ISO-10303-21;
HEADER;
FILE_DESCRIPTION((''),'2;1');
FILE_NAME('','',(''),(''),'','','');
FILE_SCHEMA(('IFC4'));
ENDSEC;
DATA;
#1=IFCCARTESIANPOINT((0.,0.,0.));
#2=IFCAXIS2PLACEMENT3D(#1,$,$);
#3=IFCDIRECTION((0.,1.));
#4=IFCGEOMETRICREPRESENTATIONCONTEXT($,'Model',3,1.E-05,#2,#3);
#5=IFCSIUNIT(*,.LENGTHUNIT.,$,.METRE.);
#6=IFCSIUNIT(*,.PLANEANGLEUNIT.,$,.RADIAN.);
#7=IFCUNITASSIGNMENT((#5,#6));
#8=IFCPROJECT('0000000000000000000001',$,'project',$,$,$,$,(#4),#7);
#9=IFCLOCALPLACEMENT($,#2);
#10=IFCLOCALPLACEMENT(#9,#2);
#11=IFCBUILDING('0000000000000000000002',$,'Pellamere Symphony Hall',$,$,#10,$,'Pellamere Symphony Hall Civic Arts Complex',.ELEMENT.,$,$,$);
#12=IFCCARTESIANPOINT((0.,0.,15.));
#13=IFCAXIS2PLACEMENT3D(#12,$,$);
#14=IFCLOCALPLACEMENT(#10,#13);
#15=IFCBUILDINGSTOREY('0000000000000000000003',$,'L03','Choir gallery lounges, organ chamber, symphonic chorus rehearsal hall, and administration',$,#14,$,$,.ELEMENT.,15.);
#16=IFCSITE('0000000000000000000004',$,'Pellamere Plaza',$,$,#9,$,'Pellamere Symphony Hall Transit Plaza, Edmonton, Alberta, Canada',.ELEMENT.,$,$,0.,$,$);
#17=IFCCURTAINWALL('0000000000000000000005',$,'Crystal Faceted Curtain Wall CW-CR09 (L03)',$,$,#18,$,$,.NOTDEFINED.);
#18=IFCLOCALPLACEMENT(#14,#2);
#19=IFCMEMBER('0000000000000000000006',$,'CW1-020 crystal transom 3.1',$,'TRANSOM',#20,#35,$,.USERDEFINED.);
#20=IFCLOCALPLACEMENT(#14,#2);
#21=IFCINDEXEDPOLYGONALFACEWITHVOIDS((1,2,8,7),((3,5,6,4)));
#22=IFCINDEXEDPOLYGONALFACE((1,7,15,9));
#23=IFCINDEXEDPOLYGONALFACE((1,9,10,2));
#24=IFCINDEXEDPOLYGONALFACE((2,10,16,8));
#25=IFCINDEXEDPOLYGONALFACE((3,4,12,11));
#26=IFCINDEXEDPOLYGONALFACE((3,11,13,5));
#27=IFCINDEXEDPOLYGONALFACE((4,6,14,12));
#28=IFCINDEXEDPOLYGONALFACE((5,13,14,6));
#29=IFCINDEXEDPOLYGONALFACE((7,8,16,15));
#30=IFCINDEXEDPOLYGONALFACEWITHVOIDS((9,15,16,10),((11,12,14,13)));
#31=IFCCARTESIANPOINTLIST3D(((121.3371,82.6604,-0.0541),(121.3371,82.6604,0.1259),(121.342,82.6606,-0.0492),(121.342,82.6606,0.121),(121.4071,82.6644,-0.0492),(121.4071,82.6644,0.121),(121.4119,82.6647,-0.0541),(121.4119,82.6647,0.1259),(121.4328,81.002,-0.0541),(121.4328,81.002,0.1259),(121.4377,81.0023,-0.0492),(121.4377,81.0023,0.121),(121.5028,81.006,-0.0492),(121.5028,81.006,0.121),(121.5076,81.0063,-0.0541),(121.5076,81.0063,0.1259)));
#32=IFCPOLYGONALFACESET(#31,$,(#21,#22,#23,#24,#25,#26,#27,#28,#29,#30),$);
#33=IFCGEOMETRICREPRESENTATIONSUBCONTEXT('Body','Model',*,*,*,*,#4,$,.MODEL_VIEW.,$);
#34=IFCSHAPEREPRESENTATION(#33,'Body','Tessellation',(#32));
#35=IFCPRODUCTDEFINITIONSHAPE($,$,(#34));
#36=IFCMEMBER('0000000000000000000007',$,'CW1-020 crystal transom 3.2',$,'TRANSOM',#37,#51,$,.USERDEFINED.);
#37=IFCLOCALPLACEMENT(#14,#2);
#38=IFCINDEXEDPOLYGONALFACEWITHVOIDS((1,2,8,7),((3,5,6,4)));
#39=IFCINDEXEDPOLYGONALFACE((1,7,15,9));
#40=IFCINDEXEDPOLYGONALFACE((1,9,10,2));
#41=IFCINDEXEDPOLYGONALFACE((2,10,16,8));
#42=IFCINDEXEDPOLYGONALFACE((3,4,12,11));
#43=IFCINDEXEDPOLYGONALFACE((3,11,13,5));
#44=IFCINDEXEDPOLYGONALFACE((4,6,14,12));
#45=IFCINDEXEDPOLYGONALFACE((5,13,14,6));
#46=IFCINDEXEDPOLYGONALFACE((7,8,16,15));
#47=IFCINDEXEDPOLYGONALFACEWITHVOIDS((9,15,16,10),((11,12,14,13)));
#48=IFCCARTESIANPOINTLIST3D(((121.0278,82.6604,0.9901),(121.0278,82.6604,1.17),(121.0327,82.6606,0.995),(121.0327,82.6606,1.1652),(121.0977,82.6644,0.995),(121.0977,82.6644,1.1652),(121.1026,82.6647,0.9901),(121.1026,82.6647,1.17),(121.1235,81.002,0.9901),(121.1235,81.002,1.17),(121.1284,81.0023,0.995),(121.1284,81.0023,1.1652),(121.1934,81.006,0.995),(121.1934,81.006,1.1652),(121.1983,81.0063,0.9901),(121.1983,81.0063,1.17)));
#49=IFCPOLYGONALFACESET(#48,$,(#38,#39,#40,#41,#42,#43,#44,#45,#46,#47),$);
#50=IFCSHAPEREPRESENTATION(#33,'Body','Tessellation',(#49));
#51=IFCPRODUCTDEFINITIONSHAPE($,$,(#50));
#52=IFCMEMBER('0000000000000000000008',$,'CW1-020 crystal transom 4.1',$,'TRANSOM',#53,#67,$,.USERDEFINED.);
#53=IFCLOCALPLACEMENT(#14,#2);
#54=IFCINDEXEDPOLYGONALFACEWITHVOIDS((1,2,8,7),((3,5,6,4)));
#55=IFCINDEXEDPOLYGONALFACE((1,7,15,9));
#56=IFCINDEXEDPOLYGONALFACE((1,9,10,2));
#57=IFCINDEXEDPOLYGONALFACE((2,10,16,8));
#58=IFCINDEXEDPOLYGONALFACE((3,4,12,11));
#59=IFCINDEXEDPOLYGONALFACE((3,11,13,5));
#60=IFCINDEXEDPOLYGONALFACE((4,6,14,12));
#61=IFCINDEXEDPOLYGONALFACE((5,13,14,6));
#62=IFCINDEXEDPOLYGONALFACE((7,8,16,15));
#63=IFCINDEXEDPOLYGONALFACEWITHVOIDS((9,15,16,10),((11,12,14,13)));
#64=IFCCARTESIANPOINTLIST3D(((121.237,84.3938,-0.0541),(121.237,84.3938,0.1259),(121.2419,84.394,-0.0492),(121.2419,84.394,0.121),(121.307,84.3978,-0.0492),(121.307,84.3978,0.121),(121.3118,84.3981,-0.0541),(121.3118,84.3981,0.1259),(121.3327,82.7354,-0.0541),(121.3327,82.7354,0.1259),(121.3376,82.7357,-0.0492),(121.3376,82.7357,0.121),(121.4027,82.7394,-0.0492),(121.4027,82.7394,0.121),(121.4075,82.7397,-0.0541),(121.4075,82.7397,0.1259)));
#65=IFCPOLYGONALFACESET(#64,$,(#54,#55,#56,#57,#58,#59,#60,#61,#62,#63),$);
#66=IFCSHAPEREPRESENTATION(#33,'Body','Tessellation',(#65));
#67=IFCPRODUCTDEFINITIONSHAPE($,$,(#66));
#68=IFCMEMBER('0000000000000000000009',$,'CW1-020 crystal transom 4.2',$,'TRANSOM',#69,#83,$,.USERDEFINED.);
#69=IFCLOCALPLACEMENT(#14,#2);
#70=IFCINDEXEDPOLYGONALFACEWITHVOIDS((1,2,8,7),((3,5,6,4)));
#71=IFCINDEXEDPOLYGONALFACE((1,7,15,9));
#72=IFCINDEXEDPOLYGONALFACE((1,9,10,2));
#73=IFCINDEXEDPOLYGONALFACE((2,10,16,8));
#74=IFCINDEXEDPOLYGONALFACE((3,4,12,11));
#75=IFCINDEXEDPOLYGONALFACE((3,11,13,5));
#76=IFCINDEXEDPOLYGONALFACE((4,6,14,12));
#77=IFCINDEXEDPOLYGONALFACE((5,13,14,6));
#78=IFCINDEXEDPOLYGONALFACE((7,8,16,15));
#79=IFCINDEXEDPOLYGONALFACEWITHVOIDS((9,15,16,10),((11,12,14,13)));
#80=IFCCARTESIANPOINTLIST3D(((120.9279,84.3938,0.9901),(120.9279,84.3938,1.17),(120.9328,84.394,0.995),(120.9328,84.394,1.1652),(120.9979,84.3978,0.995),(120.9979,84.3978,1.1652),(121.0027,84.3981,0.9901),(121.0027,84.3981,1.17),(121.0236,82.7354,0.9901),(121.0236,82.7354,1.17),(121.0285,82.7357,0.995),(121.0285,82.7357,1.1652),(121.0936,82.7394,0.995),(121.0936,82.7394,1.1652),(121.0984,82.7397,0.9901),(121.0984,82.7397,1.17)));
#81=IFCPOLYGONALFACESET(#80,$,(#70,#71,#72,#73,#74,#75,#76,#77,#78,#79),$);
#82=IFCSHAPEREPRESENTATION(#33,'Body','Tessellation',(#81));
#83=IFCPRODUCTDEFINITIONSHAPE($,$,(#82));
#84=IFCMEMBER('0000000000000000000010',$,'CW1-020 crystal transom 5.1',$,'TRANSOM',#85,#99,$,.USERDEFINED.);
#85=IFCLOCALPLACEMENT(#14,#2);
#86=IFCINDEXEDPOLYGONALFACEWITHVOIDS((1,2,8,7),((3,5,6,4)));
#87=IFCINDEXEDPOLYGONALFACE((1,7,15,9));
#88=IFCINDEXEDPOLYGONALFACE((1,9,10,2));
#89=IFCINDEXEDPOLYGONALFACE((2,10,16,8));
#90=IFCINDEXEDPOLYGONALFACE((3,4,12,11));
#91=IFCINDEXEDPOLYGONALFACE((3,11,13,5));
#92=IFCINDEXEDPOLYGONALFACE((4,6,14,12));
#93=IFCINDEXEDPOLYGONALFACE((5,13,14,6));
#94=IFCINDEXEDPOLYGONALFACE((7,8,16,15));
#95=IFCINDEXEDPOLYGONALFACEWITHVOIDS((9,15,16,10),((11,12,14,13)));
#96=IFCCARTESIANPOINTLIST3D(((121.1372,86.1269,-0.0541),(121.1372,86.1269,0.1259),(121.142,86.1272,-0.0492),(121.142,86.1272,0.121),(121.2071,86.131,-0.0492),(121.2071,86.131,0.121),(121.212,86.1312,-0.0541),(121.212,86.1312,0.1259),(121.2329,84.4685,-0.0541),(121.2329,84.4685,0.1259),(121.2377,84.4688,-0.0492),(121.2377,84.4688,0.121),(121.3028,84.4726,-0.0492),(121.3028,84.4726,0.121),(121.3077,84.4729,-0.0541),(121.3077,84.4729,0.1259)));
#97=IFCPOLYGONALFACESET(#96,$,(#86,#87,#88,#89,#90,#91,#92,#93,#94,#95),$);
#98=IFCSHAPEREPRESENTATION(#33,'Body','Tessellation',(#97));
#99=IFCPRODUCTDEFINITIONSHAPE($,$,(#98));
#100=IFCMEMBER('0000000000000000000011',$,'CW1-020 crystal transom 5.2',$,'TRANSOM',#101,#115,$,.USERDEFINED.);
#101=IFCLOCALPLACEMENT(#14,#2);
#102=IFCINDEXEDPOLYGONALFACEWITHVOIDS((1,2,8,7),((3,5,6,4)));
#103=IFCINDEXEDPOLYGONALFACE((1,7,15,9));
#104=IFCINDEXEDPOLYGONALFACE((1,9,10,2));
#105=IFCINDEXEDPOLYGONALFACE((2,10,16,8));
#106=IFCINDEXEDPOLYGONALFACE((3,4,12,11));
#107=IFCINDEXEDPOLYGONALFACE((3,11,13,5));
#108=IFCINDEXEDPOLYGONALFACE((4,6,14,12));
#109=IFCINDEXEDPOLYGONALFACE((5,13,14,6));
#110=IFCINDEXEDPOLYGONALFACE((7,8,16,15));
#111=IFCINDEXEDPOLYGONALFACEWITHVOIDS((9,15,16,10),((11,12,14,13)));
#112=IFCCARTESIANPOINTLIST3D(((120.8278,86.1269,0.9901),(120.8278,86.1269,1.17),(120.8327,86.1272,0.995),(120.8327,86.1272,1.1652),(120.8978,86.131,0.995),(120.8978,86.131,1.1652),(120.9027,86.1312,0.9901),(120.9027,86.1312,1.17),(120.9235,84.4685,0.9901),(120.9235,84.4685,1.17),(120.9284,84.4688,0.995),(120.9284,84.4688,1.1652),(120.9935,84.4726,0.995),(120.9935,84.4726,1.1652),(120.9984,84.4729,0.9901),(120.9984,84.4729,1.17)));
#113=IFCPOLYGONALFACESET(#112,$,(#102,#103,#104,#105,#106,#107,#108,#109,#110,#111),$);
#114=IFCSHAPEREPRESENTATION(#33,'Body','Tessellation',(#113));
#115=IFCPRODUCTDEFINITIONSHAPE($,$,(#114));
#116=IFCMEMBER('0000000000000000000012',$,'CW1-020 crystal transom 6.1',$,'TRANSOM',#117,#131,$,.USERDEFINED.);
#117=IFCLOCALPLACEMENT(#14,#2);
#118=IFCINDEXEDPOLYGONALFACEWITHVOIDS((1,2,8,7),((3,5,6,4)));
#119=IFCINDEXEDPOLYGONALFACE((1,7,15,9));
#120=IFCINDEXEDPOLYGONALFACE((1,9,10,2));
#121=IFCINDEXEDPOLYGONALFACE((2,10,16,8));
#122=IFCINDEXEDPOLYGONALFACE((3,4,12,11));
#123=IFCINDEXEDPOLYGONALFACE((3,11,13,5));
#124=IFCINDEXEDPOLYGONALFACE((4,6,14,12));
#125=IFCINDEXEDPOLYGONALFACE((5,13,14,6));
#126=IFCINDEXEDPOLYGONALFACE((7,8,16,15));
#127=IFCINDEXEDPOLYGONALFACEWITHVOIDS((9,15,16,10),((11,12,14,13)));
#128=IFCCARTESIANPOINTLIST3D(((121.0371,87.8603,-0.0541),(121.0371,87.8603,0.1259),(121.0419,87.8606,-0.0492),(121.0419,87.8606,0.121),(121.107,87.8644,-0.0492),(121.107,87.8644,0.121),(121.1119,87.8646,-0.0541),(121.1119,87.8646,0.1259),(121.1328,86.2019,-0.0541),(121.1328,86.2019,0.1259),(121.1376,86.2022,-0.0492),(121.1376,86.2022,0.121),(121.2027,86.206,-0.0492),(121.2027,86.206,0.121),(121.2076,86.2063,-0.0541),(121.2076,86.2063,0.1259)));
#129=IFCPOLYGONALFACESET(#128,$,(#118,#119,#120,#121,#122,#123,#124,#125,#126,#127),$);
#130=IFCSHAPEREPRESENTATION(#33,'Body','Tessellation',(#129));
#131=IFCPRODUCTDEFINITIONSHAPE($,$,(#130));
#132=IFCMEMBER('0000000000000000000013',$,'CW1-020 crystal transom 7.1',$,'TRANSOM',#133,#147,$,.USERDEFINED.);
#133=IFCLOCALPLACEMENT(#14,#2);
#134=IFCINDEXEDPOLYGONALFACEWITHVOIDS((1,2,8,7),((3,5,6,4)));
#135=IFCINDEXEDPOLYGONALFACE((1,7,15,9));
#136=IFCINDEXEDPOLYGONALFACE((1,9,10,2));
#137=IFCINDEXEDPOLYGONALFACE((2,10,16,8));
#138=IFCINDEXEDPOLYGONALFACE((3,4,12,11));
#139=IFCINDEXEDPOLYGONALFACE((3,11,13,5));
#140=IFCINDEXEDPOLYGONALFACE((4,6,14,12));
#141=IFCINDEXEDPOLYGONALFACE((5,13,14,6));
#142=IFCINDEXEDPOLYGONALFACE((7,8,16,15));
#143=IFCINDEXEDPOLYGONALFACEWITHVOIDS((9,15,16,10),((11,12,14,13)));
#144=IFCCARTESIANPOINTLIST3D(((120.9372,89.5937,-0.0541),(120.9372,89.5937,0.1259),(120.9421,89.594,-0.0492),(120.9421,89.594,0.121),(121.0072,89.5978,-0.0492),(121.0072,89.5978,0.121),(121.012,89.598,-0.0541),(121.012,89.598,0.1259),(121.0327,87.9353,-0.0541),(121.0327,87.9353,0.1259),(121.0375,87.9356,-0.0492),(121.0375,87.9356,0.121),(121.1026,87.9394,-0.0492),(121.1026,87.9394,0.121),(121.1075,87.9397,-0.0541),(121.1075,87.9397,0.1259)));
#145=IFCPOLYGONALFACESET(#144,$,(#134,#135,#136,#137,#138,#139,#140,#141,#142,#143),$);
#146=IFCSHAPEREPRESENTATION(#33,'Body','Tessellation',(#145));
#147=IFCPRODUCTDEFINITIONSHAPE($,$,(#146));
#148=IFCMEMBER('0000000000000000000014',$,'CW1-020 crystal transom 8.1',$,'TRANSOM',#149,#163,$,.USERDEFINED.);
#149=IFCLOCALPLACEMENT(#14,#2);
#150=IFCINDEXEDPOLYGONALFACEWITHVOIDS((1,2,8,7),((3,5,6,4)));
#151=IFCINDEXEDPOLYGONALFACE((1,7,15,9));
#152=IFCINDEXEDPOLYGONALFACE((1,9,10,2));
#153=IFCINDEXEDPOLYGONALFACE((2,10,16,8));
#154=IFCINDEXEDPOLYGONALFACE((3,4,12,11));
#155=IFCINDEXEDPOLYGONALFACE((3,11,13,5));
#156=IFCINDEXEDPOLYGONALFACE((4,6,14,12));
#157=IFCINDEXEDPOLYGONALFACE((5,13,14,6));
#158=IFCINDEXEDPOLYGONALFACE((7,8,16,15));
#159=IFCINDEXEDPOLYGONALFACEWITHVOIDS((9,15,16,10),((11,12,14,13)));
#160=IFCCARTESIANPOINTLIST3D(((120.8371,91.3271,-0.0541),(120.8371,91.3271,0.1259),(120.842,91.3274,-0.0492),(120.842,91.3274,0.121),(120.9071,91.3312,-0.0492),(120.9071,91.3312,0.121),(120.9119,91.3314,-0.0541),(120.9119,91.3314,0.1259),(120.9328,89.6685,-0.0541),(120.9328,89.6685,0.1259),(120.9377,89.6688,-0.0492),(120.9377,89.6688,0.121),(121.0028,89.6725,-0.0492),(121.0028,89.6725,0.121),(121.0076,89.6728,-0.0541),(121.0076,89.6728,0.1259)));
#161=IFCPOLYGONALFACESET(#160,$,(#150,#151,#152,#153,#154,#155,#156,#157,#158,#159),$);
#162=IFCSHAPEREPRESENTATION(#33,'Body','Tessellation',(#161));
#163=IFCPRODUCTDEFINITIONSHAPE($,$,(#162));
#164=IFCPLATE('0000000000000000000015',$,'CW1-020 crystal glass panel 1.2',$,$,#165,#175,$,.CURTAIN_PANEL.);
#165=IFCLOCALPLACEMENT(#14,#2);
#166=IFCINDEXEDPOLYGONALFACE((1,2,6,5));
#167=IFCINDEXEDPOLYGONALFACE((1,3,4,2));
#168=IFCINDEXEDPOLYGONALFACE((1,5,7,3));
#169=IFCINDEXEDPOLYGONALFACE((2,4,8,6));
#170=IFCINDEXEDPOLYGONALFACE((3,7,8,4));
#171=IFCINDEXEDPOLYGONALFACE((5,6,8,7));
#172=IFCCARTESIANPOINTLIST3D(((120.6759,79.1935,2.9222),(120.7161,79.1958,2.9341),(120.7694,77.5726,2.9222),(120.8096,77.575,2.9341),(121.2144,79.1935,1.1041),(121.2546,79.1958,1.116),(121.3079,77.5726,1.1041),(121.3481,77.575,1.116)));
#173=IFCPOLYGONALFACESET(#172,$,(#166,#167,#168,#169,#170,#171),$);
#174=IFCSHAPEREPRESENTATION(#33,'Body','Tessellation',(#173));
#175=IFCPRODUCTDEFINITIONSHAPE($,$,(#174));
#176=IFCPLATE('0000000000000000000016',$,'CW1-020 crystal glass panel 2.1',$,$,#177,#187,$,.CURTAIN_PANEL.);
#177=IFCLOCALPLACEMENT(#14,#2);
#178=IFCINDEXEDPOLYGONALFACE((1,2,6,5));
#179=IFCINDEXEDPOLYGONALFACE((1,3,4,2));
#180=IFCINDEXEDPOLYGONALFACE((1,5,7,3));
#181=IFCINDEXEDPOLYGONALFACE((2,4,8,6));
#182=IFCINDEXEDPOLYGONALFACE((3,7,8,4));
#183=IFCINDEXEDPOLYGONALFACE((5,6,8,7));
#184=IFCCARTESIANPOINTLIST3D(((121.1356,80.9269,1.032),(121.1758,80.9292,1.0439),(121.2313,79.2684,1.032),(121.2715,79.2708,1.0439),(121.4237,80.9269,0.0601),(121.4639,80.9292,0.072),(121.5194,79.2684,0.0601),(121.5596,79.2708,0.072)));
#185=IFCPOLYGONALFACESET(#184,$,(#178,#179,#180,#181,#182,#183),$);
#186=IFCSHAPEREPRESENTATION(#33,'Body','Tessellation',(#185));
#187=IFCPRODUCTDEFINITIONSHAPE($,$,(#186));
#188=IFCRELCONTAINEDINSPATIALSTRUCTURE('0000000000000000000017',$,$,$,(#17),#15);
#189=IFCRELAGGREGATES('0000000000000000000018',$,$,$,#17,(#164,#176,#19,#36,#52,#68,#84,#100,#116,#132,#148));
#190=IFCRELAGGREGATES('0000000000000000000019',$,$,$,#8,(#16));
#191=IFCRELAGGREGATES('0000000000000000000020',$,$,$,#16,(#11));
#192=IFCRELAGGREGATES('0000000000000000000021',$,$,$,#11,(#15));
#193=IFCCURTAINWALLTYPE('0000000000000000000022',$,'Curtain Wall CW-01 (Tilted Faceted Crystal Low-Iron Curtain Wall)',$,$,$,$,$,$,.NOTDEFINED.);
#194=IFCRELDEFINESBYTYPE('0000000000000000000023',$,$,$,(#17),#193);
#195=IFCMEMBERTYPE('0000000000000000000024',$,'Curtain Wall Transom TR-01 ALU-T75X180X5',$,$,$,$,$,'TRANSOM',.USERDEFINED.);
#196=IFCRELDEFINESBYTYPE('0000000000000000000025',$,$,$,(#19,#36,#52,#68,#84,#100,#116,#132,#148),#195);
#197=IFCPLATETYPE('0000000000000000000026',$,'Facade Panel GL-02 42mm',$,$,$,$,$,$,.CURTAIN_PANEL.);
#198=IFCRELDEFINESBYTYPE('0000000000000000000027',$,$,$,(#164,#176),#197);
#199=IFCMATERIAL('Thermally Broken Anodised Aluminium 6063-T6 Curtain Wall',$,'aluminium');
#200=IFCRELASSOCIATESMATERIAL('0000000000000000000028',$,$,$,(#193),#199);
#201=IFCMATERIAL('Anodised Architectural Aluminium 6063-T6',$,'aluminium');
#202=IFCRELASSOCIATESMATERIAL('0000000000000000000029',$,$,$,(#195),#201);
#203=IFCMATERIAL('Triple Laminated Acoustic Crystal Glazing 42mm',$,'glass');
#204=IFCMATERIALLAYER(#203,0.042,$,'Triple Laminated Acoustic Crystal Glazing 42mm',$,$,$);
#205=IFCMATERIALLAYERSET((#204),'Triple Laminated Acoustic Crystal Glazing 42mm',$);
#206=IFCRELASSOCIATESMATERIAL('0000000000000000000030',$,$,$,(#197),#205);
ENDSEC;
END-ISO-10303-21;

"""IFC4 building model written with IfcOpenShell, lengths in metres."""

from ifc_helpers import new_model, si_unit, direction, frame, origin, origin_2d, place, context, subcontext, project, spatial, polyline, hollow_rectangle, outline, extrude, material, layer, layer_set, material_profile, profile_set, type_object, element, aggregate, save


model = new_model("IFC4")

# Units and contexts
model_context = context("Model", 3, precision=1e-05, world=origin(), true_north=direction((0.0, 1.0)))
body_context = subcontext(model_context, "Body", "Model", "MODEL_VIEW")
ifc_project = project(units=[si_unit("LENGTHUNIT", "METRE"), si_unit("PLANEANGLEUNIT", "RADIAN")], contexts=[model_context])

# Site, building, storey
site_placement = place(None, origin())
site = spatial("IfcSite", under=ifc_project, at=site_placement, Name="Pellamere Plaza", LongName="Pellamere Symphony Hall Transit Plaza, Edmonton, Alberta, Canada", CompositionType="ELEMENT", RefElevation=0.0)
building_placement = place(site_placement, origin())
building = spatial("IfcBuilding", under=site, at=building_placement, Name="Pellamere Symphony Hall", LongName="Pellamere Symphony Hall Civic Arts Complex", CompositionType="ELEMENT")
storey_placement = place(building_placement, frame((0.0, 0.0, 15.0)))
storey = spatial("IfcBuildingStorey", under=building, at=storey_placement, Name="L03", Description="Choir gallery lounges, organ chamber, symphonic chorus rehearsal hall, and administration", CompositionType="ELEMENT", Elevation=15.0)

# Curtain wall
ifc_material_1 = material(Name="Thermally Broken Anodised Aluminium 6063-T6 Curtain Wall", Category="aluminium")
curtain_wall_type = type_object("IfcCurtainWallType", Name="Curtain Wall CW-01 (Tilted Faceted Crystal Low-Iron Curtain Wall)", PredefinedType="NOTDEFINED", material=ifc_material_1)
curtain_wall_1_placement = place(storey_placement, origin())
curtain_wall_1 = element("IfcCurtainWall", 1, at=curtain_wall_1_placement, inside=storey, type_object=curtain_wall_type, Name="Crystal Faceted Curtain Wall CW-CR09 (L03)", PredefinedType="NOTDEFINED")
ifc_material_2 = material(Name="Anodised Architectural Aluminium 6063-T6", Category="aluminium")
ifc_material_profile_1 = material_profile(ifc_material_2, hollow_rectangle(XDim=0.075, YDim=0.1799, WallThickness=0.0049, at=origin_2d()), Name="ALU-T75X180X5")
ifc_profile_set_1 = profile_set([ifc_material_profile_1], Name="Anodised Architectural Aluminium 6063-T6")
member_type_1 = type_object("IfcMemberType", Name="Curtain Wall Transom TR-01 ALU-T75X180X5", ElementType="TRANSOM", PredefinedType="USERDEFINED", material=ifc_profile_set_1)

# Members
member_1_placement = place(storey_placement, frame((121.4702, 81.0042, 0.0359), z_axis=(-0.057611, 0.998339, 0.0), x_axis=(-0.998339, -0.057611, 0.0)))
member_1 = element("IfcMember", 2, at=member_1_placement, type_object=member_type_1, Name="CW1-020 crystal transom 3.1", ObjectType="TRANSOM", PredefinedType="USERDEFINED", context=body_context, shape_type="SweptSolid", body=[
    extrude(hollow_rectangle(XDim=0.075, YDim=0.1799, WallThickness=0.0049, at=origin_2d()), origin(), (0.0, 0.0, 1.0), 1.6611),
])
member_2_placement = place(storey_placement, frame((121.1609, 81.0042, 1.0801), z_axis=(-0.057611, 0.998339, 0.0), x_axis=(-0.998339, -0.057611, 0.0)))
member_2 = element("IfcMember", 3, at=member_2_placement, type_object=member_type_1, Name="CW1-020 crystal transom 3.2", ObjectType="TRANSOM", PredefinedType="USERDEFINED", context=body_context, shape_type="SweptSolid", body=[
    extrude(hollow_rectangle(XDim=0.075, YDim=0.1799, WallThickness=0.0049, at=origin_2d()), origin(), (0.0, 0.0, 1.0), 1.6611),
])
member_3_placement = place(storey_placement, frame((121.3701, 82.7375, 0.0359), z_axis=(-0.057611, 0.998339, 0.0), x_axis=(-0.998339, -0.057611, 0.0)))
member_3 = element("IfcMember", 4, at=member_3_placement, type_object=member_type_1, Name="CW1-020 crystal transom 4.1", ObjectType="TRANSOM", PredefinedType="USERDEFINED", context=body_context, shape_type="SweptSolid", body=[
    extrude(hollow_rectangle(XDim=0.075, YDim=0.1799, WallThickness=0.0049, at=origin_2d()), origin(), (0.0, 0.0, 1.0), 1.6611),
])
member_4_placement = place(storey_placement, frame((121.061, 82.7375, 1.0801), z_axis=(-0.057611, 0.998339, 0.0), x_axis=(-0.998339, -0.057611, 0.0)))
member_4 = element("IfcMember", 5, at=member_4_placement, type_object=member_type_1, Name="CW1-020 crystal transom 4.2", ObjectType="TRANSOM", PredefinedType="USERDEFINED", context=body_context, shape_type="SweptSolid", body=[
    extrude(hollow_rectangle(XDim=0.075, YDim=0.1799, WallThickness=0.0049, at=origin_2d()), origin(), (0.0, 0.0, 1.0), 1.6611),
])
member_5_placement = place(storey_placement, frame((121.2703, 84.4707, 0.0359), z_axis=(-0.057611, 0.998339, 0.0), x_axis=(-0.998339, -0.057611, 0.0)))
member_5 = element("IfcMember", 6, at=member_5_placement, type_object=member_type_1, Name="CW1-020 crystal transom 5.1", ObjectType="TRANSOM", PredefinedType="USERDEFINED", context=body_context, shape_type="SweptSolid", body=[
    extrude(hollow_rectangle(XDim=0.075, YDim=0.1799, WallThickness=0.0049, at=origin_2d()), origin(), (0.0, 0.0, 1.0), 1.6611),
])
member_6_placement = place(storey_placement, frame((120.9609, 84.4707, 1.0801), z_axis=(-0.057611, 0.998339, 0.0), x_axis=(-0.998339, -0.057611, 0.0)))
member_6 = element("IfcMember", 7, at=member_6_placement, type_object=member_type_1, Name="CW1-020 crystal transom 5.2", ObjectType="TRANSOM", PredefinedType="USERDEFINED", context=body_context, shape_type="SweptSolid", body=[
    extrude(hollow_rectangle(XDim=0.075, YDim=0.1799, WallThickness=0.0049, at=origin_2d()), origin(), (0.0, 0.0, 1.0), 1.6611),
])
member_7_placement = place(storey_placement, frame((121.1702, 86.2041, 0.0359), z_axis=(-0.057611, 0.998339, 0.0), x_axis=(-0.998339, -0.057611, 0.0)))
member_7 = element("IfcMember", 8, at=member_7_placement, type_object=member_type_1, Name="CW1-020 crystal transom 6.1", ObjectType="TRANSOM", PredefinedType="USERDEFINED", context=body_context, shape_type="SweptSolid", body=[
    extrude(hollow_rectangle(XDim=0.075, YDim=0.1799, WallThickness=0.0049, at=origin_2d()), origin(), (0.0, 0.0, 1.0), 1.6611),
])
member_8_placement = place(storey_placement, frame((121.0701, 87.9375, 0.0359), z_axis=(-0.057464, 0.998348, 0.0), x_axis=(-0.998348, -0.057464, 0.0)))
member_8 = element("IfcMember", 9, at=member_8_placement, type_object=member_type_1, Name="CW1-020 crystal transom 7.1", ObjectType="TRANSOM", PredefinedType="USERDEFINED", context=body_context, shape_type="SweptSolid", body=[
    extrude(hollow_rectangle(XDim=0.075, YDim=0.1799, WallThickness=0.0049, at=origin_2d()), origin(), (0.0, 0.0, 1.0), 1.6611),
])
member_9_placement = place(storey_placement, frame((120.9702, 89.6707, 0.0359), z_axis=(-0.057602, 0.99834, 0.0), x_axis=(-0.99834, -0.057602, 0.0)))
member_9 = element("IfcMember", 10, at=member_9_placement, type_object=member_type_1, Name="CW1-020 crystal transom 8.1", ObjectType="TRANSOM", PredefinedType="USERDEFINED", context=body_context, shape_type="SweptSolid", body=[
    extrude(hollow_rectangle(XDim=0.075, YDim=0.1799, WallThickness=0.0049, at=origin_2d()), origin(), (0.0, 0.0, 1.0), 1.6614),
])

# Plates
ifc_material_3 = material(Name="Triple Laminated Acoustic Crystal Glazing 42mm", Category="glass")
ifc_layer_1 = layer(ifc_material_3, 0.042, Name="Triple Laminated Acoustic Crystal Glazing 42mm")
ifc_layer_set_1 = layer_set([ifc_layer_1], Name="Triple Laminated Acoustic Crystal Glazing 42mm")
plate_type_1 = type_object("IfcPlateType", Name="Facade Panel GL-02 42mm", PredefinedType="CURTAIN_PANEL", material=ifc_layer_set_1)
plate_1_placement = place(storey_placement, frame((121.3481, 77.575, 1.116), z_axis=(0.957353, 0.055229, 0.283593), x_axis=(-0.057594, 0.99834, 0.0)))
plate_1 = element("IfcPlate", 11, at=plate_1_placement, type_object=plate_type_1, Name="CW1-020 crystal glass panel 1.2", PredefinedType="CURTAIN_PANEL", context=body_context, shape_type="SweptSolid", body=[
    extrude(outline(polyline([(0.0, 0.0), (1.6235, 0.0), (1.6546, 1.896), (0.031, 1.896), (0.0, 0.0)])), origin(), (0.0, 0.0, -1.0), 0.042),
])
plate_2_placement = place(storey_placement, frame((121.5596, 79.2708, 0.072), z_axis=(0.957305, 0.055243, 0.283753), x_axis=(-0.057611, 0.998339, 0.0)))
plate_2 = element("IfcPlate", 12, at=plate_2_placement, type_object=plate_type_1, Name="CW1-020 crystal glass panel 2.1", PredefinedType="CURTAIN_PANEL", context=body_context, shape_type="SweptSolid", body=[
    extrude(outline(polyline([(0.0, 0.0), (1.6612, 0.0), (1.6778, 1.0136), (0.0166, 1.0136), (0.0, 0.0)])), origin(), (0.0, 0.0, -1.0), 0.042),
])
aggregate(curtain_wall_1, [plate_1, plate_2, member_1, member_2, member_3, member_4, member_5, member_6, member_7, member_8, member_9])

save(model, "model.ifc")
